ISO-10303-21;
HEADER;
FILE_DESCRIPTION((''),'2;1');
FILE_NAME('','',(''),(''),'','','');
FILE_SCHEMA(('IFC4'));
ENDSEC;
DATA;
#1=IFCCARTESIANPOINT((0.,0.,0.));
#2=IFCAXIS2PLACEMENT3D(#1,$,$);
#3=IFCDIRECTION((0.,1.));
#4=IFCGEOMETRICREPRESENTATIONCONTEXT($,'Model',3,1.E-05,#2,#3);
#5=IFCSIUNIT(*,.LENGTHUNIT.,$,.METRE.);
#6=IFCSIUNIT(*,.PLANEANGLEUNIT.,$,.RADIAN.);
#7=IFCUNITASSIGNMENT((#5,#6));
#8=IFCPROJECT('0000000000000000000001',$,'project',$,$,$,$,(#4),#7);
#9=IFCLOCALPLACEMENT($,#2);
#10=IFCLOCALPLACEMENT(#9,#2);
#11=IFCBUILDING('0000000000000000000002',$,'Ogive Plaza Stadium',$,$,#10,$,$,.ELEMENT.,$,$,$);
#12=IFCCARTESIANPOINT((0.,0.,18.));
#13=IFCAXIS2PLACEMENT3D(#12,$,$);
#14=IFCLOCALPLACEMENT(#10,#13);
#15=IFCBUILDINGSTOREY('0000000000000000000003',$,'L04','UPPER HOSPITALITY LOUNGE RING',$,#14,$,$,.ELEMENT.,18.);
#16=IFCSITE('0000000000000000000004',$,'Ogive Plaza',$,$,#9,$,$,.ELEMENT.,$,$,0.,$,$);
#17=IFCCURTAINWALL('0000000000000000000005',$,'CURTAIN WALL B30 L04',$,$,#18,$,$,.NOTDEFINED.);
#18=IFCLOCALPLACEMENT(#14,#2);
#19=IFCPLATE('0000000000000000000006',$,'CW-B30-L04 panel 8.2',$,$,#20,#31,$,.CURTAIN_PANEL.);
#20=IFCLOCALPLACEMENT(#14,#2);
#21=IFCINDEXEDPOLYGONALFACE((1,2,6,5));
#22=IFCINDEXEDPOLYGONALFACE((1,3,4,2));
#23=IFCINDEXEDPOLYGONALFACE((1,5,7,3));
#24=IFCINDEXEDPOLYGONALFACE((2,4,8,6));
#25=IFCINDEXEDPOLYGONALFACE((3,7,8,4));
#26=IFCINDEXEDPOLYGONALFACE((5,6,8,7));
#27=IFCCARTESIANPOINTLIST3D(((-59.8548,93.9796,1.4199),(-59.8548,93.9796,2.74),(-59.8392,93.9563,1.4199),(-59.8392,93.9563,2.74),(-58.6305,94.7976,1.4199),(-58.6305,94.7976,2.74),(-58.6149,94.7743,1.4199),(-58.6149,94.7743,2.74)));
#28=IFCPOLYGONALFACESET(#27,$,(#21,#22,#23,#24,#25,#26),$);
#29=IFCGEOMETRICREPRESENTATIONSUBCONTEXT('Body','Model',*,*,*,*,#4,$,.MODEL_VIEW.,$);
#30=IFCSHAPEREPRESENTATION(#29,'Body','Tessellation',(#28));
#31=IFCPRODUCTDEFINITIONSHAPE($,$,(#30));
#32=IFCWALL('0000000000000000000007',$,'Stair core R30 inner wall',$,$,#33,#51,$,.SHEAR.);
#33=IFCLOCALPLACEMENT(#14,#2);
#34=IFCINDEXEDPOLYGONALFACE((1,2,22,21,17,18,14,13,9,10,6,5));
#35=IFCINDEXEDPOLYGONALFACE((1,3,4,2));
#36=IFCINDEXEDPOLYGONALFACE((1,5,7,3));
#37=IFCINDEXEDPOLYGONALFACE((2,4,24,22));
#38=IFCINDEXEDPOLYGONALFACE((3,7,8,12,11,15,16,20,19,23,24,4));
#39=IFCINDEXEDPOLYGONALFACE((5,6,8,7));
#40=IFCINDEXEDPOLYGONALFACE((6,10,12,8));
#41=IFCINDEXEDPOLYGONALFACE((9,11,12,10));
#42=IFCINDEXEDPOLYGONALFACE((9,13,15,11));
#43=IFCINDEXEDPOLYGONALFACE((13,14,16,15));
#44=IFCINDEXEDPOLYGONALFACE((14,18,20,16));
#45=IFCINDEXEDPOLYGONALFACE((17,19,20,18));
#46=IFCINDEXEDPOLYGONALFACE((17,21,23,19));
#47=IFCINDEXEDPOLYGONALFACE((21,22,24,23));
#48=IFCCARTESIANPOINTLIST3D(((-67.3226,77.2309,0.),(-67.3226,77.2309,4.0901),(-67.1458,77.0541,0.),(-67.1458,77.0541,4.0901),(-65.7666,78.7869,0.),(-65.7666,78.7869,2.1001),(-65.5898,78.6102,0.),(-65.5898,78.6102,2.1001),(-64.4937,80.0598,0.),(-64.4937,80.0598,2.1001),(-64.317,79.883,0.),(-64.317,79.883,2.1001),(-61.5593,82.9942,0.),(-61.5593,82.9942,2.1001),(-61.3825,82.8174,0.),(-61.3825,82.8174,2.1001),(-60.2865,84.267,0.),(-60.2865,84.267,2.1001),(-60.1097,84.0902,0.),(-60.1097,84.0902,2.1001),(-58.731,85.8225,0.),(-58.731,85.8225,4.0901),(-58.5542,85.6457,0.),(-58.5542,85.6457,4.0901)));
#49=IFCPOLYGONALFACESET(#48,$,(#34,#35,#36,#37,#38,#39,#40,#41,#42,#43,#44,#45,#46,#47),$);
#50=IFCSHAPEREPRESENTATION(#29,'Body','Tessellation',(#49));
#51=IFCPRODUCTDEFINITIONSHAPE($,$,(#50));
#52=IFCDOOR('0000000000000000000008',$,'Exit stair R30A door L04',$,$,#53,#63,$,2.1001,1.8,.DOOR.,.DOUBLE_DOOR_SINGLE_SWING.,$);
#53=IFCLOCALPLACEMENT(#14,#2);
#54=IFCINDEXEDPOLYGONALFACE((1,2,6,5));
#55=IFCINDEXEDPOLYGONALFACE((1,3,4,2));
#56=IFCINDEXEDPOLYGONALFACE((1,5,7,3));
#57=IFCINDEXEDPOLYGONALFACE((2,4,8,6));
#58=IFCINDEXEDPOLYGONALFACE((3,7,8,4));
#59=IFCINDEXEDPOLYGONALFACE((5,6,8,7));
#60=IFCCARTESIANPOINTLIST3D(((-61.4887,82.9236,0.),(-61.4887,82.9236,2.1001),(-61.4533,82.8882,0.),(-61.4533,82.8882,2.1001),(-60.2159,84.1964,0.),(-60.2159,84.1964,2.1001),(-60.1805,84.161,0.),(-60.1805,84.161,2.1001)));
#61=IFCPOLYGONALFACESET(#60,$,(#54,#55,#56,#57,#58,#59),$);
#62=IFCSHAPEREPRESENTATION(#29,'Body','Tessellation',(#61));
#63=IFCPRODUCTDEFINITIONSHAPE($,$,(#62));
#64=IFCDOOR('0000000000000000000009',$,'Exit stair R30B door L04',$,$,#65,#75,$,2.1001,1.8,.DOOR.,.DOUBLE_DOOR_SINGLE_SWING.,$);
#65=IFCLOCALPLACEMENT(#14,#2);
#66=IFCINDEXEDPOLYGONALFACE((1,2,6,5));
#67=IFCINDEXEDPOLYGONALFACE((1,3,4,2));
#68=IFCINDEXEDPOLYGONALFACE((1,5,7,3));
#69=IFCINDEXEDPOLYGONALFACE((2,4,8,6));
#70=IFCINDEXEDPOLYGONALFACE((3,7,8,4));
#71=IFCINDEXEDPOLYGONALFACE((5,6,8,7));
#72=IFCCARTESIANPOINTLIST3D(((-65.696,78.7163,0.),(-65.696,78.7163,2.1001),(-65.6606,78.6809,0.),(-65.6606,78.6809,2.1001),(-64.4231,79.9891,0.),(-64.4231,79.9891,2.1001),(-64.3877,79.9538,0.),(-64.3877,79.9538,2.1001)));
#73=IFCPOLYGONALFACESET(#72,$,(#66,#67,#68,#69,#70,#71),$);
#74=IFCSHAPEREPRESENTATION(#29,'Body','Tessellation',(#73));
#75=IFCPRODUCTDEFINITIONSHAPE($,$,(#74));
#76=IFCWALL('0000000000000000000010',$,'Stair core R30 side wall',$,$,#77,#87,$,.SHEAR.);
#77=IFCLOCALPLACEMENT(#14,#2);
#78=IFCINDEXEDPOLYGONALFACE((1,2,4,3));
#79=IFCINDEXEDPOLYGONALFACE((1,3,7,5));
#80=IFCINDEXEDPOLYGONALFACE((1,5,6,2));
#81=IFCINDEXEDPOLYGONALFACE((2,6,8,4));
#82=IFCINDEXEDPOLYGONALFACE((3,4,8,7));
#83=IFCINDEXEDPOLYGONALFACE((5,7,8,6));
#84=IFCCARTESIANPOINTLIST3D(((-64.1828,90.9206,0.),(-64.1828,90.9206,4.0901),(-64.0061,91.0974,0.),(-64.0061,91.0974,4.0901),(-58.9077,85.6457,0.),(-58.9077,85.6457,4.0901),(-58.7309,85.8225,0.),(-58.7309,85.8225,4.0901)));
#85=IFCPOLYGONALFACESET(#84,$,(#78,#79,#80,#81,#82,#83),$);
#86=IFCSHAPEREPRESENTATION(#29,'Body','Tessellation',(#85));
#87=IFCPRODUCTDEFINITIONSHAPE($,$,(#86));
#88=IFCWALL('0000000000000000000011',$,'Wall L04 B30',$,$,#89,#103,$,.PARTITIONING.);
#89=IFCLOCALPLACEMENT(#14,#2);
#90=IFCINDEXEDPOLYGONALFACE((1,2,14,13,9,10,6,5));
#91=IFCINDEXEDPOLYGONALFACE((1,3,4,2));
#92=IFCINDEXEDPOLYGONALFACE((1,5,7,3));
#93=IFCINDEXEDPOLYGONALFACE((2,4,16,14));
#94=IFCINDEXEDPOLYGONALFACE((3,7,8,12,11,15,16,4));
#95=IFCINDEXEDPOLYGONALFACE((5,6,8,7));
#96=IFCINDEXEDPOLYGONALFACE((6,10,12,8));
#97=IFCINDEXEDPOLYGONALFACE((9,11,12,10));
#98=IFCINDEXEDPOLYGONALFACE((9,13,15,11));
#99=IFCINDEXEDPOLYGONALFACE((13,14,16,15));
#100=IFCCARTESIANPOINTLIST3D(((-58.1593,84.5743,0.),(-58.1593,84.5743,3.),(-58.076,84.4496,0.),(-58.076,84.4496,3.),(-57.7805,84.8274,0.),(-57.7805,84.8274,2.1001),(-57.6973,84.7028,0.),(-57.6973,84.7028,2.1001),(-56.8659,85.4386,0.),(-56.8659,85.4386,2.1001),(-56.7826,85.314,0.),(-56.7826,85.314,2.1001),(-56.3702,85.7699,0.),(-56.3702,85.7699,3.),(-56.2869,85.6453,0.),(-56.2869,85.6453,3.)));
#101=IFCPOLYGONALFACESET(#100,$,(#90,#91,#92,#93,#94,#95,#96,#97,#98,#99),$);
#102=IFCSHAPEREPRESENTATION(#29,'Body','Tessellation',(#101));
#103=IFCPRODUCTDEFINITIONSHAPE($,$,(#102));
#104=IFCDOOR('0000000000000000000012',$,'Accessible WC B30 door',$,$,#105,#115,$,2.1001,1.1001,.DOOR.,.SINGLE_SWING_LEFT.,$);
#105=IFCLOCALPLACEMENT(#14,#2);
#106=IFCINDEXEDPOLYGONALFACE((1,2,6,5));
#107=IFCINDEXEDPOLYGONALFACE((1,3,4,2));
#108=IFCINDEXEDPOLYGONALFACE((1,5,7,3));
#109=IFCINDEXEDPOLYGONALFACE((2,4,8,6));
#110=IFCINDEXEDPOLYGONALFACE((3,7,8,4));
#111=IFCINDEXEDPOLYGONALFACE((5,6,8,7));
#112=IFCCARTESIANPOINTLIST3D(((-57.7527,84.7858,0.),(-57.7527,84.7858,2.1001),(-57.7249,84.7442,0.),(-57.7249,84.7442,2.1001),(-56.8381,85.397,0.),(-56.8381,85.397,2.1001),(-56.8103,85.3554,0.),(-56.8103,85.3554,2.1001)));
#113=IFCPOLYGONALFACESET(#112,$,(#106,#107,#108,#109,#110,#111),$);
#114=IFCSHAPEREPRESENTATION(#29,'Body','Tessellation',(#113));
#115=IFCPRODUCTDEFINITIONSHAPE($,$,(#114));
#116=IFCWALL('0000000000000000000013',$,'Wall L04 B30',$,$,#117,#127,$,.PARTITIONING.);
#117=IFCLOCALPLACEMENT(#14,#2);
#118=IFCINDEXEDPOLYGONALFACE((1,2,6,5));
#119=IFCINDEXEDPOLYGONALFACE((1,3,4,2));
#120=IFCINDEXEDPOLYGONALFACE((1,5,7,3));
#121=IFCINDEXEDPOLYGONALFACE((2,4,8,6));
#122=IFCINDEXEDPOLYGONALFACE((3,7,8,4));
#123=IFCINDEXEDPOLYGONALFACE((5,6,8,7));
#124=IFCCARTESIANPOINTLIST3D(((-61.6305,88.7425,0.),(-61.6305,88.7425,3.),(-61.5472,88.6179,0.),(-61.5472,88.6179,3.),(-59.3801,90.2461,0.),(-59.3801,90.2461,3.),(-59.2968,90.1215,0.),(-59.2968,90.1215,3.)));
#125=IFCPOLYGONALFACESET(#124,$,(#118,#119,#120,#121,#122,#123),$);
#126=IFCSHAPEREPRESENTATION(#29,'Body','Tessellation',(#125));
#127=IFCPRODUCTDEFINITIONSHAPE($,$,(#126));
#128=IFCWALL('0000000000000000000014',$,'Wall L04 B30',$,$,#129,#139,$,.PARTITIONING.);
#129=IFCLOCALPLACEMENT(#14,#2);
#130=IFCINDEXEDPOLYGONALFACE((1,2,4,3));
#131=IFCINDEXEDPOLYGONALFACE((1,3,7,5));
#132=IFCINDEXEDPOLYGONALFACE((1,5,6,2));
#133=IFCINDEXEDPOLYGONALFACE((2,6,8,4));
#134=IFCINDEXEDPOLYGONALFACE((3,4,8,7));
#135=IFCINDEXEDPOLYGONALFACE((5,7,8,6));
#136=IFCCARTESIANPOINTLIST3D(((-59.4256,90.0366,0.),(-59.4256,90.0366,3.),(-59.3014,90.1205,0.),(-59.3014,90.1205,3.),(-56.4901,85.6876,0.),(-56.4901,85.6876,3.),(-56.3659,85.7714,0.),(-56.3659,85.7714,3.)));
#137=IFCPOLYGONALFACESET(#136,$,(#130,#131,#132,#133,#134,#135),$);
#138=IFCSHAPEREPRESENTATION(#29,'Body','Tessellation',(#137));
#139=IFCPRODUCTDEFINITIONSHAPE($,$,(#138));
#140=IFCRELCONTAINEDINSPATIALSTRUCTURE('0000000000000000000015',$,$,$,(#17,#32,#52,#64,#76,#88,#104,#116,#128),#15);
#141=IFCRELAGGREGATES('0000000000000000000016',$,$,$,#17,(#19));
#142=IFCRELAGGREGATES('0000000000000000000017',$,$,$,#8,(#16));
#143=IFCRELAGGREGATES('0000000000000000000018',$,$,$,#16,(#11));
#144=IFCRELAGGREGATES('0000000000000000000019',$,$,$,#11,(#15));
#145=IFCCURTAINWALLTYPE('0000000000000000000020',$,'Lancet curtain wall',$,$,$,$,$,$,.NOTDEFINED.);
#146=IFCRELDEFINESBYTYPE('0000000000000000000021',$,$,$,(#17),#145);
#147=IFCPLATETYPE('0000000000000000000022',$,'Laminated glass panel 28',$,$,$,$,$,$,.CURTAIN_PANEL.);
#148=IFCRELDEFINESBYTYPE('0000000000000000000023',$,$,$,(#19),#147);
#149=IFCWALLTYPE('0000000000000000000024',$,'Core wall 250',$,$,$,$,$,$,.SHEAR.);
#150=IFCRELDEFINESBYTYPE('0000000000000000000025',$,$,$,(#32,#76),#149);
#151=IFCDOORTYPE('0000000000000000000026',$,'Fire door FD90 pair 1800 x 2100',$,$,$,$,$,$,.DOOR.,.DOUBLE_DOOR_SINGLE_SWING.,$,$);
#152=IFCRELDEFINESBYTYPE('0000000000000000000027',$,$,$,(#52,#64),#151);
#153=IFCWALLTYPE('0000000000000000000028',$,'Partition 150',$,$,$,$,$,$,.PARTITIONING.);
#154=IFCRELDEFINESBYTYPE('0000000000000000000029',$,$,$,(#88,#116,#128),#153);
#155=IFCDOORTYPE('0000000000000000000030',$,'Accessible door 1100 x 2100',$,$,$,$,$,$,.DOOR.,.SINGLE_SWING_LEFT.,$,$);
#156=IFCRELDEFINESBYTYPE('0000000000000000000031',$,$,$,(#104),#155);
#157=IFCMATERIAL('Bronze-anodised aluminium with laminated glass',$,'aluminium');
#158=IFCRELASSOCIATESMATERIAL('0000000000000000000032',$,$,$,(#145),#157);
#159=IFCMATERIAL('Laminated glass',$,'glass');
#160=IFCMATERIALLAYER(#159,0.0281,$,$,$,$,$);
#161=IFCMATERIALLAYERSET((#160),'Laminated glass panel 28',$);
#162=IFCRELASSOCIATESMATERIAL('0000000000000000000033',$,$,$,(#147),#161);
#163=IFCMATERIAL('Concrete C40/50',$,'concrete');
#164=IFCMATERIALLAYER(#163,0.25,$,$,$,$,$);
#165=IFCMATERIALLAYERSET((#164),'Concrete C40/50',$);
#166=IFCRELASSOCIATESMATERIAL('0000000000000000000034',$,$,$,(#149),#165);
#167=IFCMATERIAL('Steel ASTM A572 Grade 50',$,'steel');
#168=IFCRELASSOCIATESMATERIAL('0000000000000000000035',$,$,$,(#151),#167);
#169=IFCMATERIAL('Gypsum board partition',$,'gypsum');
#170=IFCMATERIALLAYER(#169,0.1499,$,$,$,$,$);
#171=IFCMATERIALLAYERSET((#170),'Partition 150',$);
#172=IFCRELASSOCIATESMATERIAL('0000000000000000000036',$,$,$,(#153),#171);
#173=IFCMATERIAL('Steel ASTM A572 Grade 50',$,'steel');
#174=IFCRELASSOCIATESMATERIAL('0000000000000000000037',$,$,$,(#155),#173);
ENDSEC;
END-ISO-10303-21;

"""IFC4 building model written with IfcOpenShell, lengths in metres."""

from ifc_helpers import new_model, si_unit, direction, frame, frame_2d, origin, origin_2d, place, context, subcontext, project, spatial, rectangle, extrude, material, layer, layer_set, type_object, element, fill, aggregate, save


model = new_model("IFC4")

# Units and contexts
model_context = context("Model", 3, precision=1e-05, world=origin(), true_north=direction((0.0, 1.0)))
body_context = subcontext(model_context, "Body", "Model", "MODEL_VIEW")
ifc_project = project(units=[si_unit("LENGTHUNIT", "METRE"), si_unit("PLANEANGLEUNIT", "RADIAN")], contexts=[model_context])

# Site, building, storey
site_placement = place(None, origin())
site = spatial("IfcSite", under=ifc_project, at=site_placement, Name="Ogive Plaza", CompositionType="ELEMENT", RefElevation=0.0)
building_placement = place(site_placement, origin())
building = spatial("IfcBuilding", under=site, at=building_placement, Name="Ogive Plaza Stadium", CompositionType="ELEMENT")
storey_placement = place(building_placement, frame((0.0, 0.0, 18.0)))
storey = spatial("IfcBuildingStorey", under=building, at=storey_placement, Name="L04", Description="UPPER HOSPITALITY LOUNGE RING", CompositionType="ELEMENT", Elevation=18.0)

# Curtain wall, plate
ifc_material_1 = material(Name="Bronze-anodised aluminium with laminated glass", Category="aluminium")
curtain_wall_type = type_object("IfcCurtainWallType", Name="Lancet curtain wall", PredefinedType="NOTDEFINED", material=ifc_material_1)
curtain_wall_placement = place(storey_placement, origin())
curtain_wall = element("IfcCurtainWall", 1, at=curtain_wall_placement, inside=storey, type_object=curtain_wall_type, Name="CURTAIN WALL B30 L04", PredefinedType="NOTDEFINED")
ifc_material_2 = material(Name="Laminated glass", Category="glass")
ifc_layer_1 = layer(ifc_material_2, 0.0281)
ifc_layer_set_1 = layer_set([ifc_layer_1], Name="Laminated glass panel 28")
plate_type = type_object("IfcPlateType", Name="Laminated glass panel 28", PredefinedType="CURTAIN_PANEL", material=ifc_layer_set_1)
plate_1_placement = place(storey_placement, frame((-59.2349, 94.377, 1.4199), z_axis=(0.0, 0.0, 1.0), x_axis=(0.83147, 0.55557, 0.0)))
plate_1 = element("IfcPlate", 2, at=plate_1_placement, type_object=plate_type, Name="CW-B30-L04 panel 8.2", PredefinedType="CURTAIN_PANEL", context=body_context, shape_type="SweptSolid", body=[
    extrude(rectangle(XDim=1.4724, YDim=0.0281, at=origin_2d()), origin(), (0.0, 0.0, 1.0), 1.3201),
])
aggregate(curtain_wall, [plate_1])

# Wall, openings, doors
ifc_material_3 = material(Name="Concrete C40/50", Category="concrete")
ifc_layer_2 = layer(ifc_material_3, 0.25)
ifc_layer_set_2 = layer_set([ifc_layer_2], Name="Concrete C40/50")
wall_type_1 = type_object("IfcWallType", Name="Core wall 250", PredefinedType="SHEAR", material=ifc_layer_set_2)
wall_1_placement = place(storey_placement, frame((-58.6426, 85.7341, 0.0), z_axis=(0.0, 0.0, 1.0), x_axis=(-0.707107, -0.707107, 0.0)))
wall_1 = element("IfcWall", 3, at=wall_1_placement, inside=storey, type_object=wall_type_1, Name="Stair core R30 inner wall", PredefinedType="SHEAR", context=body_context, shape_type="SweptSolid", body=[
    extrude(rectangle(XDim=12.1504, YDim=0.25, at=frame_2d((6.0752, 0.0))), origin(), (0.0, 0.0, 1.0), 4.0901),
])
opening_1_placement = place(wall_1_placement, frame((2.2, 0.0, 0.0)))
opening_1 = element("IfcOpeningElement", 4, at=opening_1_placement, cuts=wall_1, PredefinedType="OPENING", context=body_context, shape_type="SweptSolid", body=[
    extrude(rectangle(XDim=1.8, YDim=2.1001, at=frame_2d((0.8999, 1.05))), frame((0.0, 0.125, 0.0), z_axis=(0.0, -1.0, 0.0), x_axis=(1.0, 0.0, 0.0)), (0.0, 0.0, 1.0), 0.25),
])
opening_2_placement = place(wall_1_placement, frame((8.1499, 0.0, 0.0)))
opening_2 = element("IfcOpeningElement", 5, at=opening_2_placement, cuts=wall_1, PredefinedType="OPENING", context=body_context, shape_type="SweptSolid", body=[
    extrude(rectangle(XDim=1.8, YDim=2.1001, at=frame_2d((0.8999, 1.05))), frame((0.0, 0.125, 0.0), z_axis=(0.0, -1.0, 0.0), x_axis=(1.0, 0.0, 0.0)), (0.0, 0.0, 1.0), 0.25),
])
ifc_material_4 = material(Name="Steel ASTM A572 Grade 50", Category="steel")
door_type_1 = type_object("IfcDoorType", Name="Fire door FD90 pair 1800 x 2100", OperationType="DOUBLE_DOOR_SINGLE_SWING", PredefinedType="DOOR", material=ifc_material_4)
door_1_placement = place(opening_1_placement, origin())
door_1 = element("IfcDoor", 6, at=door_1_placement, inside=storey, type_object=door_type_1, Name="Exit stair R30A door L04", OperationType="DOUBLE_DOOR_SINGLE_SWING", OverallHeight=2.1001, OverallWidth=1.8, PredefinedType="DOOR", context=body_context, shape_type="SweptSolid", body=[
    extrude(rectangle(XDim=1.8, YDim=2.1001, at=frame_2d((0.8999, 1.05))), frame((0.0, 0.0249, 0.0), z_axis=(0.0, -1.0, 0.0), x_axis=(1.0, 0.0, 0.0)), (0.0, 0.0, 1.0), 0.05),
])
fill(opening_1, door_1)
door_2_placement = place(opening_2_placement, origin())
door_2 = element("IfcDoor", 7, at=door_2_placement, inside=storey, type_object=door_type_1, Name="Exit stair R30B door L04", OperationType="DOUBLE_DOOR_SINGLE_SWING", OverallHeight=2.1001, OverallWidth=1.8, PredefinedType="DOOR", context=body_context, shape_type="SweptSolid", body=[
    extrude(rectangle(XDim=1.8, YDim=2.1001, at=frame_2d((0.8999, 1.05))), frame((0.0, 0.0249, 0.0), z_axis=(0.0, -1.0, 0.0), x_axis=(1.0, 0.0, 0.0)), (0.0, 0.0, 1.0), 0.05),
])
fill(opening_2, door_2)

# Wall
wall_2_placement = place(storey_placement, frame((-58.8193, 85.7341, 0.0), z_axis=(0.0, 0.0, 1.0), x_axis=(-0.707123, 0.70709, 0.0)))
element("IfcWall", 8, at=wall_2_placement, inside=storey, type_object=wall_type_1, Name="Stair core R30 side wall", PredefinedType="SHEAR", context=body_context, shape_type="SweptSolid", body=[
    extrude(rectangle(XDim=7.46, YDim=0.25, at=frame_2d((3.73, 0.0))), origin(), (0.0, 0.0, 1.0), 4.0901),
])

# Wall, opening, door
ifc_material_5 = material(Name="Gypsum board partition", Category="gypsum")
ifc_layer_3 = layer(ifc_material_5, 0.1499)
ifc_layer_set_3 = layer_set([ifc_layer_3], Name="Partition 150")
wall_type_2 = type_object("IfcWallType", Name="Partition 150", PredefinedType="PARTITIONING", material=ifc_layer_set_3)
wall_3_placement = place(storey_placement, frame((-58.1177, 84.512, 0.0), z_axis=(0.0, 0.0, 1.0), x_axis=(0.831439, 0.555616, 0.0)))
wall_3 = element("IfcWall", 9, at=wall_3_placement, inside=storey, type_object=wall_type_2, Name="Wall L04 B30", PredefinedType="PARTITIONING", context=body_context, shape_type="SweptSolid", body=[
    extrude(rectangle(XDim=2.1519, YDim=0.1499, at=frame_2d((1.0759, 0.0))), origin(), (0.0, 0.0, 1.0), 3.0),
])
opening_3_placement = place(wall_3_placement, frame((0.4556, 0.0, 0.0)))
opening_3 = element("IfcOpeningElement", 10, at=opening_3_placement, cuts=wall_3, PredefinedType="OPENING", context=body_context, shape_type="SweptSolid", body=[
    extrude(rectangle(XDim=1.1001, YDim=2.1001, at=frame_2d((0.55, 1.05))), frame((0.0, 0.075, 0.0), z_axis=(0.0, -1.0, 0.0), x_axis=(1.0, 0.0, 0.0)), (0.0, 0.0, 1.0), 0.1499),
])
ifc_material_6 = material(Name="Steel ASTM A572 Grade 50", Category="steel")
door_type_2 = type_object("IfcDoorType", Name="Accessible door 1100 x 2100", OperationType="SINGLE_SWING_LEFT", PredefinedType="DOOR", material=ifc_material_6)
door_3_placement = place(opening_3_placement, origin())
door_3 = element("IfcDoor", 11, at=door_3_placement, inside=storey, type_object=door_type_2, Name="Accessible WC B30 door", OperationType="SINGLE_SWING_LEFT", OverallHeight=2.1001, OverallWidth=1.1001, PredefinedType="DOOR", context=body_context, shape_type="SweptSolid", body=[
    extrude(rectangle(XDim=1.1001, YDim=2.1001, at=frame_2d((0.55, 1.05))), frame((0.0, 0.0249, 0.0), z_axis=(0.0, -1.0, 0.0), x_axis=(1.0, 0.0, 0.0)), (0.0, 0.0, 1.0), 0.05),
])
fill(opening_3, door_3)

# Walls
wall_4_placement = place(storey_placement, frame((-61.5889, 88.6802, 0.0), z_axis=(0.0, 0.0, 1.0), x_axis=(0.831481, 0.555553, 0.0)))
element("IfcWall", 12, at=wall_4_placement, inside=storey, type_object=wall_type_2, Name="Wall L04 B30", PredefinedType="PARTITIONING", context=body_context, shape_type="SweptSolid", body=[
    extrude(rectangle(XDim=2.7065, YDim=0.1499, at=frame_2d((1.3533, 0.0))), origin(), (0.0, 0.0, 1.0), 3.0),
])
wall_5_placement = place(storey_placement, frame((-56.428, 85.7295, 0.0), z_axis=(0.0, 0.0, 1.0), x_axis=(-0.559458, 0.828858, 0.0)))
element("IfcWall", 13, at=wall_5_placement, inside=storey, type_object=wall_type_2, Name="Wall L04 B30", PredefinedType="PARTITIONING", context=body_context, shape_type="SweptSolid", body=[
    extrude(rectangle(XDim=5.2471, YDim=0.1499, at=frame_2d((2.6235, 0.0))), origin(), (0.0, 0.0, 1.0), 3.0),
])

save(model, "model.ifc")
